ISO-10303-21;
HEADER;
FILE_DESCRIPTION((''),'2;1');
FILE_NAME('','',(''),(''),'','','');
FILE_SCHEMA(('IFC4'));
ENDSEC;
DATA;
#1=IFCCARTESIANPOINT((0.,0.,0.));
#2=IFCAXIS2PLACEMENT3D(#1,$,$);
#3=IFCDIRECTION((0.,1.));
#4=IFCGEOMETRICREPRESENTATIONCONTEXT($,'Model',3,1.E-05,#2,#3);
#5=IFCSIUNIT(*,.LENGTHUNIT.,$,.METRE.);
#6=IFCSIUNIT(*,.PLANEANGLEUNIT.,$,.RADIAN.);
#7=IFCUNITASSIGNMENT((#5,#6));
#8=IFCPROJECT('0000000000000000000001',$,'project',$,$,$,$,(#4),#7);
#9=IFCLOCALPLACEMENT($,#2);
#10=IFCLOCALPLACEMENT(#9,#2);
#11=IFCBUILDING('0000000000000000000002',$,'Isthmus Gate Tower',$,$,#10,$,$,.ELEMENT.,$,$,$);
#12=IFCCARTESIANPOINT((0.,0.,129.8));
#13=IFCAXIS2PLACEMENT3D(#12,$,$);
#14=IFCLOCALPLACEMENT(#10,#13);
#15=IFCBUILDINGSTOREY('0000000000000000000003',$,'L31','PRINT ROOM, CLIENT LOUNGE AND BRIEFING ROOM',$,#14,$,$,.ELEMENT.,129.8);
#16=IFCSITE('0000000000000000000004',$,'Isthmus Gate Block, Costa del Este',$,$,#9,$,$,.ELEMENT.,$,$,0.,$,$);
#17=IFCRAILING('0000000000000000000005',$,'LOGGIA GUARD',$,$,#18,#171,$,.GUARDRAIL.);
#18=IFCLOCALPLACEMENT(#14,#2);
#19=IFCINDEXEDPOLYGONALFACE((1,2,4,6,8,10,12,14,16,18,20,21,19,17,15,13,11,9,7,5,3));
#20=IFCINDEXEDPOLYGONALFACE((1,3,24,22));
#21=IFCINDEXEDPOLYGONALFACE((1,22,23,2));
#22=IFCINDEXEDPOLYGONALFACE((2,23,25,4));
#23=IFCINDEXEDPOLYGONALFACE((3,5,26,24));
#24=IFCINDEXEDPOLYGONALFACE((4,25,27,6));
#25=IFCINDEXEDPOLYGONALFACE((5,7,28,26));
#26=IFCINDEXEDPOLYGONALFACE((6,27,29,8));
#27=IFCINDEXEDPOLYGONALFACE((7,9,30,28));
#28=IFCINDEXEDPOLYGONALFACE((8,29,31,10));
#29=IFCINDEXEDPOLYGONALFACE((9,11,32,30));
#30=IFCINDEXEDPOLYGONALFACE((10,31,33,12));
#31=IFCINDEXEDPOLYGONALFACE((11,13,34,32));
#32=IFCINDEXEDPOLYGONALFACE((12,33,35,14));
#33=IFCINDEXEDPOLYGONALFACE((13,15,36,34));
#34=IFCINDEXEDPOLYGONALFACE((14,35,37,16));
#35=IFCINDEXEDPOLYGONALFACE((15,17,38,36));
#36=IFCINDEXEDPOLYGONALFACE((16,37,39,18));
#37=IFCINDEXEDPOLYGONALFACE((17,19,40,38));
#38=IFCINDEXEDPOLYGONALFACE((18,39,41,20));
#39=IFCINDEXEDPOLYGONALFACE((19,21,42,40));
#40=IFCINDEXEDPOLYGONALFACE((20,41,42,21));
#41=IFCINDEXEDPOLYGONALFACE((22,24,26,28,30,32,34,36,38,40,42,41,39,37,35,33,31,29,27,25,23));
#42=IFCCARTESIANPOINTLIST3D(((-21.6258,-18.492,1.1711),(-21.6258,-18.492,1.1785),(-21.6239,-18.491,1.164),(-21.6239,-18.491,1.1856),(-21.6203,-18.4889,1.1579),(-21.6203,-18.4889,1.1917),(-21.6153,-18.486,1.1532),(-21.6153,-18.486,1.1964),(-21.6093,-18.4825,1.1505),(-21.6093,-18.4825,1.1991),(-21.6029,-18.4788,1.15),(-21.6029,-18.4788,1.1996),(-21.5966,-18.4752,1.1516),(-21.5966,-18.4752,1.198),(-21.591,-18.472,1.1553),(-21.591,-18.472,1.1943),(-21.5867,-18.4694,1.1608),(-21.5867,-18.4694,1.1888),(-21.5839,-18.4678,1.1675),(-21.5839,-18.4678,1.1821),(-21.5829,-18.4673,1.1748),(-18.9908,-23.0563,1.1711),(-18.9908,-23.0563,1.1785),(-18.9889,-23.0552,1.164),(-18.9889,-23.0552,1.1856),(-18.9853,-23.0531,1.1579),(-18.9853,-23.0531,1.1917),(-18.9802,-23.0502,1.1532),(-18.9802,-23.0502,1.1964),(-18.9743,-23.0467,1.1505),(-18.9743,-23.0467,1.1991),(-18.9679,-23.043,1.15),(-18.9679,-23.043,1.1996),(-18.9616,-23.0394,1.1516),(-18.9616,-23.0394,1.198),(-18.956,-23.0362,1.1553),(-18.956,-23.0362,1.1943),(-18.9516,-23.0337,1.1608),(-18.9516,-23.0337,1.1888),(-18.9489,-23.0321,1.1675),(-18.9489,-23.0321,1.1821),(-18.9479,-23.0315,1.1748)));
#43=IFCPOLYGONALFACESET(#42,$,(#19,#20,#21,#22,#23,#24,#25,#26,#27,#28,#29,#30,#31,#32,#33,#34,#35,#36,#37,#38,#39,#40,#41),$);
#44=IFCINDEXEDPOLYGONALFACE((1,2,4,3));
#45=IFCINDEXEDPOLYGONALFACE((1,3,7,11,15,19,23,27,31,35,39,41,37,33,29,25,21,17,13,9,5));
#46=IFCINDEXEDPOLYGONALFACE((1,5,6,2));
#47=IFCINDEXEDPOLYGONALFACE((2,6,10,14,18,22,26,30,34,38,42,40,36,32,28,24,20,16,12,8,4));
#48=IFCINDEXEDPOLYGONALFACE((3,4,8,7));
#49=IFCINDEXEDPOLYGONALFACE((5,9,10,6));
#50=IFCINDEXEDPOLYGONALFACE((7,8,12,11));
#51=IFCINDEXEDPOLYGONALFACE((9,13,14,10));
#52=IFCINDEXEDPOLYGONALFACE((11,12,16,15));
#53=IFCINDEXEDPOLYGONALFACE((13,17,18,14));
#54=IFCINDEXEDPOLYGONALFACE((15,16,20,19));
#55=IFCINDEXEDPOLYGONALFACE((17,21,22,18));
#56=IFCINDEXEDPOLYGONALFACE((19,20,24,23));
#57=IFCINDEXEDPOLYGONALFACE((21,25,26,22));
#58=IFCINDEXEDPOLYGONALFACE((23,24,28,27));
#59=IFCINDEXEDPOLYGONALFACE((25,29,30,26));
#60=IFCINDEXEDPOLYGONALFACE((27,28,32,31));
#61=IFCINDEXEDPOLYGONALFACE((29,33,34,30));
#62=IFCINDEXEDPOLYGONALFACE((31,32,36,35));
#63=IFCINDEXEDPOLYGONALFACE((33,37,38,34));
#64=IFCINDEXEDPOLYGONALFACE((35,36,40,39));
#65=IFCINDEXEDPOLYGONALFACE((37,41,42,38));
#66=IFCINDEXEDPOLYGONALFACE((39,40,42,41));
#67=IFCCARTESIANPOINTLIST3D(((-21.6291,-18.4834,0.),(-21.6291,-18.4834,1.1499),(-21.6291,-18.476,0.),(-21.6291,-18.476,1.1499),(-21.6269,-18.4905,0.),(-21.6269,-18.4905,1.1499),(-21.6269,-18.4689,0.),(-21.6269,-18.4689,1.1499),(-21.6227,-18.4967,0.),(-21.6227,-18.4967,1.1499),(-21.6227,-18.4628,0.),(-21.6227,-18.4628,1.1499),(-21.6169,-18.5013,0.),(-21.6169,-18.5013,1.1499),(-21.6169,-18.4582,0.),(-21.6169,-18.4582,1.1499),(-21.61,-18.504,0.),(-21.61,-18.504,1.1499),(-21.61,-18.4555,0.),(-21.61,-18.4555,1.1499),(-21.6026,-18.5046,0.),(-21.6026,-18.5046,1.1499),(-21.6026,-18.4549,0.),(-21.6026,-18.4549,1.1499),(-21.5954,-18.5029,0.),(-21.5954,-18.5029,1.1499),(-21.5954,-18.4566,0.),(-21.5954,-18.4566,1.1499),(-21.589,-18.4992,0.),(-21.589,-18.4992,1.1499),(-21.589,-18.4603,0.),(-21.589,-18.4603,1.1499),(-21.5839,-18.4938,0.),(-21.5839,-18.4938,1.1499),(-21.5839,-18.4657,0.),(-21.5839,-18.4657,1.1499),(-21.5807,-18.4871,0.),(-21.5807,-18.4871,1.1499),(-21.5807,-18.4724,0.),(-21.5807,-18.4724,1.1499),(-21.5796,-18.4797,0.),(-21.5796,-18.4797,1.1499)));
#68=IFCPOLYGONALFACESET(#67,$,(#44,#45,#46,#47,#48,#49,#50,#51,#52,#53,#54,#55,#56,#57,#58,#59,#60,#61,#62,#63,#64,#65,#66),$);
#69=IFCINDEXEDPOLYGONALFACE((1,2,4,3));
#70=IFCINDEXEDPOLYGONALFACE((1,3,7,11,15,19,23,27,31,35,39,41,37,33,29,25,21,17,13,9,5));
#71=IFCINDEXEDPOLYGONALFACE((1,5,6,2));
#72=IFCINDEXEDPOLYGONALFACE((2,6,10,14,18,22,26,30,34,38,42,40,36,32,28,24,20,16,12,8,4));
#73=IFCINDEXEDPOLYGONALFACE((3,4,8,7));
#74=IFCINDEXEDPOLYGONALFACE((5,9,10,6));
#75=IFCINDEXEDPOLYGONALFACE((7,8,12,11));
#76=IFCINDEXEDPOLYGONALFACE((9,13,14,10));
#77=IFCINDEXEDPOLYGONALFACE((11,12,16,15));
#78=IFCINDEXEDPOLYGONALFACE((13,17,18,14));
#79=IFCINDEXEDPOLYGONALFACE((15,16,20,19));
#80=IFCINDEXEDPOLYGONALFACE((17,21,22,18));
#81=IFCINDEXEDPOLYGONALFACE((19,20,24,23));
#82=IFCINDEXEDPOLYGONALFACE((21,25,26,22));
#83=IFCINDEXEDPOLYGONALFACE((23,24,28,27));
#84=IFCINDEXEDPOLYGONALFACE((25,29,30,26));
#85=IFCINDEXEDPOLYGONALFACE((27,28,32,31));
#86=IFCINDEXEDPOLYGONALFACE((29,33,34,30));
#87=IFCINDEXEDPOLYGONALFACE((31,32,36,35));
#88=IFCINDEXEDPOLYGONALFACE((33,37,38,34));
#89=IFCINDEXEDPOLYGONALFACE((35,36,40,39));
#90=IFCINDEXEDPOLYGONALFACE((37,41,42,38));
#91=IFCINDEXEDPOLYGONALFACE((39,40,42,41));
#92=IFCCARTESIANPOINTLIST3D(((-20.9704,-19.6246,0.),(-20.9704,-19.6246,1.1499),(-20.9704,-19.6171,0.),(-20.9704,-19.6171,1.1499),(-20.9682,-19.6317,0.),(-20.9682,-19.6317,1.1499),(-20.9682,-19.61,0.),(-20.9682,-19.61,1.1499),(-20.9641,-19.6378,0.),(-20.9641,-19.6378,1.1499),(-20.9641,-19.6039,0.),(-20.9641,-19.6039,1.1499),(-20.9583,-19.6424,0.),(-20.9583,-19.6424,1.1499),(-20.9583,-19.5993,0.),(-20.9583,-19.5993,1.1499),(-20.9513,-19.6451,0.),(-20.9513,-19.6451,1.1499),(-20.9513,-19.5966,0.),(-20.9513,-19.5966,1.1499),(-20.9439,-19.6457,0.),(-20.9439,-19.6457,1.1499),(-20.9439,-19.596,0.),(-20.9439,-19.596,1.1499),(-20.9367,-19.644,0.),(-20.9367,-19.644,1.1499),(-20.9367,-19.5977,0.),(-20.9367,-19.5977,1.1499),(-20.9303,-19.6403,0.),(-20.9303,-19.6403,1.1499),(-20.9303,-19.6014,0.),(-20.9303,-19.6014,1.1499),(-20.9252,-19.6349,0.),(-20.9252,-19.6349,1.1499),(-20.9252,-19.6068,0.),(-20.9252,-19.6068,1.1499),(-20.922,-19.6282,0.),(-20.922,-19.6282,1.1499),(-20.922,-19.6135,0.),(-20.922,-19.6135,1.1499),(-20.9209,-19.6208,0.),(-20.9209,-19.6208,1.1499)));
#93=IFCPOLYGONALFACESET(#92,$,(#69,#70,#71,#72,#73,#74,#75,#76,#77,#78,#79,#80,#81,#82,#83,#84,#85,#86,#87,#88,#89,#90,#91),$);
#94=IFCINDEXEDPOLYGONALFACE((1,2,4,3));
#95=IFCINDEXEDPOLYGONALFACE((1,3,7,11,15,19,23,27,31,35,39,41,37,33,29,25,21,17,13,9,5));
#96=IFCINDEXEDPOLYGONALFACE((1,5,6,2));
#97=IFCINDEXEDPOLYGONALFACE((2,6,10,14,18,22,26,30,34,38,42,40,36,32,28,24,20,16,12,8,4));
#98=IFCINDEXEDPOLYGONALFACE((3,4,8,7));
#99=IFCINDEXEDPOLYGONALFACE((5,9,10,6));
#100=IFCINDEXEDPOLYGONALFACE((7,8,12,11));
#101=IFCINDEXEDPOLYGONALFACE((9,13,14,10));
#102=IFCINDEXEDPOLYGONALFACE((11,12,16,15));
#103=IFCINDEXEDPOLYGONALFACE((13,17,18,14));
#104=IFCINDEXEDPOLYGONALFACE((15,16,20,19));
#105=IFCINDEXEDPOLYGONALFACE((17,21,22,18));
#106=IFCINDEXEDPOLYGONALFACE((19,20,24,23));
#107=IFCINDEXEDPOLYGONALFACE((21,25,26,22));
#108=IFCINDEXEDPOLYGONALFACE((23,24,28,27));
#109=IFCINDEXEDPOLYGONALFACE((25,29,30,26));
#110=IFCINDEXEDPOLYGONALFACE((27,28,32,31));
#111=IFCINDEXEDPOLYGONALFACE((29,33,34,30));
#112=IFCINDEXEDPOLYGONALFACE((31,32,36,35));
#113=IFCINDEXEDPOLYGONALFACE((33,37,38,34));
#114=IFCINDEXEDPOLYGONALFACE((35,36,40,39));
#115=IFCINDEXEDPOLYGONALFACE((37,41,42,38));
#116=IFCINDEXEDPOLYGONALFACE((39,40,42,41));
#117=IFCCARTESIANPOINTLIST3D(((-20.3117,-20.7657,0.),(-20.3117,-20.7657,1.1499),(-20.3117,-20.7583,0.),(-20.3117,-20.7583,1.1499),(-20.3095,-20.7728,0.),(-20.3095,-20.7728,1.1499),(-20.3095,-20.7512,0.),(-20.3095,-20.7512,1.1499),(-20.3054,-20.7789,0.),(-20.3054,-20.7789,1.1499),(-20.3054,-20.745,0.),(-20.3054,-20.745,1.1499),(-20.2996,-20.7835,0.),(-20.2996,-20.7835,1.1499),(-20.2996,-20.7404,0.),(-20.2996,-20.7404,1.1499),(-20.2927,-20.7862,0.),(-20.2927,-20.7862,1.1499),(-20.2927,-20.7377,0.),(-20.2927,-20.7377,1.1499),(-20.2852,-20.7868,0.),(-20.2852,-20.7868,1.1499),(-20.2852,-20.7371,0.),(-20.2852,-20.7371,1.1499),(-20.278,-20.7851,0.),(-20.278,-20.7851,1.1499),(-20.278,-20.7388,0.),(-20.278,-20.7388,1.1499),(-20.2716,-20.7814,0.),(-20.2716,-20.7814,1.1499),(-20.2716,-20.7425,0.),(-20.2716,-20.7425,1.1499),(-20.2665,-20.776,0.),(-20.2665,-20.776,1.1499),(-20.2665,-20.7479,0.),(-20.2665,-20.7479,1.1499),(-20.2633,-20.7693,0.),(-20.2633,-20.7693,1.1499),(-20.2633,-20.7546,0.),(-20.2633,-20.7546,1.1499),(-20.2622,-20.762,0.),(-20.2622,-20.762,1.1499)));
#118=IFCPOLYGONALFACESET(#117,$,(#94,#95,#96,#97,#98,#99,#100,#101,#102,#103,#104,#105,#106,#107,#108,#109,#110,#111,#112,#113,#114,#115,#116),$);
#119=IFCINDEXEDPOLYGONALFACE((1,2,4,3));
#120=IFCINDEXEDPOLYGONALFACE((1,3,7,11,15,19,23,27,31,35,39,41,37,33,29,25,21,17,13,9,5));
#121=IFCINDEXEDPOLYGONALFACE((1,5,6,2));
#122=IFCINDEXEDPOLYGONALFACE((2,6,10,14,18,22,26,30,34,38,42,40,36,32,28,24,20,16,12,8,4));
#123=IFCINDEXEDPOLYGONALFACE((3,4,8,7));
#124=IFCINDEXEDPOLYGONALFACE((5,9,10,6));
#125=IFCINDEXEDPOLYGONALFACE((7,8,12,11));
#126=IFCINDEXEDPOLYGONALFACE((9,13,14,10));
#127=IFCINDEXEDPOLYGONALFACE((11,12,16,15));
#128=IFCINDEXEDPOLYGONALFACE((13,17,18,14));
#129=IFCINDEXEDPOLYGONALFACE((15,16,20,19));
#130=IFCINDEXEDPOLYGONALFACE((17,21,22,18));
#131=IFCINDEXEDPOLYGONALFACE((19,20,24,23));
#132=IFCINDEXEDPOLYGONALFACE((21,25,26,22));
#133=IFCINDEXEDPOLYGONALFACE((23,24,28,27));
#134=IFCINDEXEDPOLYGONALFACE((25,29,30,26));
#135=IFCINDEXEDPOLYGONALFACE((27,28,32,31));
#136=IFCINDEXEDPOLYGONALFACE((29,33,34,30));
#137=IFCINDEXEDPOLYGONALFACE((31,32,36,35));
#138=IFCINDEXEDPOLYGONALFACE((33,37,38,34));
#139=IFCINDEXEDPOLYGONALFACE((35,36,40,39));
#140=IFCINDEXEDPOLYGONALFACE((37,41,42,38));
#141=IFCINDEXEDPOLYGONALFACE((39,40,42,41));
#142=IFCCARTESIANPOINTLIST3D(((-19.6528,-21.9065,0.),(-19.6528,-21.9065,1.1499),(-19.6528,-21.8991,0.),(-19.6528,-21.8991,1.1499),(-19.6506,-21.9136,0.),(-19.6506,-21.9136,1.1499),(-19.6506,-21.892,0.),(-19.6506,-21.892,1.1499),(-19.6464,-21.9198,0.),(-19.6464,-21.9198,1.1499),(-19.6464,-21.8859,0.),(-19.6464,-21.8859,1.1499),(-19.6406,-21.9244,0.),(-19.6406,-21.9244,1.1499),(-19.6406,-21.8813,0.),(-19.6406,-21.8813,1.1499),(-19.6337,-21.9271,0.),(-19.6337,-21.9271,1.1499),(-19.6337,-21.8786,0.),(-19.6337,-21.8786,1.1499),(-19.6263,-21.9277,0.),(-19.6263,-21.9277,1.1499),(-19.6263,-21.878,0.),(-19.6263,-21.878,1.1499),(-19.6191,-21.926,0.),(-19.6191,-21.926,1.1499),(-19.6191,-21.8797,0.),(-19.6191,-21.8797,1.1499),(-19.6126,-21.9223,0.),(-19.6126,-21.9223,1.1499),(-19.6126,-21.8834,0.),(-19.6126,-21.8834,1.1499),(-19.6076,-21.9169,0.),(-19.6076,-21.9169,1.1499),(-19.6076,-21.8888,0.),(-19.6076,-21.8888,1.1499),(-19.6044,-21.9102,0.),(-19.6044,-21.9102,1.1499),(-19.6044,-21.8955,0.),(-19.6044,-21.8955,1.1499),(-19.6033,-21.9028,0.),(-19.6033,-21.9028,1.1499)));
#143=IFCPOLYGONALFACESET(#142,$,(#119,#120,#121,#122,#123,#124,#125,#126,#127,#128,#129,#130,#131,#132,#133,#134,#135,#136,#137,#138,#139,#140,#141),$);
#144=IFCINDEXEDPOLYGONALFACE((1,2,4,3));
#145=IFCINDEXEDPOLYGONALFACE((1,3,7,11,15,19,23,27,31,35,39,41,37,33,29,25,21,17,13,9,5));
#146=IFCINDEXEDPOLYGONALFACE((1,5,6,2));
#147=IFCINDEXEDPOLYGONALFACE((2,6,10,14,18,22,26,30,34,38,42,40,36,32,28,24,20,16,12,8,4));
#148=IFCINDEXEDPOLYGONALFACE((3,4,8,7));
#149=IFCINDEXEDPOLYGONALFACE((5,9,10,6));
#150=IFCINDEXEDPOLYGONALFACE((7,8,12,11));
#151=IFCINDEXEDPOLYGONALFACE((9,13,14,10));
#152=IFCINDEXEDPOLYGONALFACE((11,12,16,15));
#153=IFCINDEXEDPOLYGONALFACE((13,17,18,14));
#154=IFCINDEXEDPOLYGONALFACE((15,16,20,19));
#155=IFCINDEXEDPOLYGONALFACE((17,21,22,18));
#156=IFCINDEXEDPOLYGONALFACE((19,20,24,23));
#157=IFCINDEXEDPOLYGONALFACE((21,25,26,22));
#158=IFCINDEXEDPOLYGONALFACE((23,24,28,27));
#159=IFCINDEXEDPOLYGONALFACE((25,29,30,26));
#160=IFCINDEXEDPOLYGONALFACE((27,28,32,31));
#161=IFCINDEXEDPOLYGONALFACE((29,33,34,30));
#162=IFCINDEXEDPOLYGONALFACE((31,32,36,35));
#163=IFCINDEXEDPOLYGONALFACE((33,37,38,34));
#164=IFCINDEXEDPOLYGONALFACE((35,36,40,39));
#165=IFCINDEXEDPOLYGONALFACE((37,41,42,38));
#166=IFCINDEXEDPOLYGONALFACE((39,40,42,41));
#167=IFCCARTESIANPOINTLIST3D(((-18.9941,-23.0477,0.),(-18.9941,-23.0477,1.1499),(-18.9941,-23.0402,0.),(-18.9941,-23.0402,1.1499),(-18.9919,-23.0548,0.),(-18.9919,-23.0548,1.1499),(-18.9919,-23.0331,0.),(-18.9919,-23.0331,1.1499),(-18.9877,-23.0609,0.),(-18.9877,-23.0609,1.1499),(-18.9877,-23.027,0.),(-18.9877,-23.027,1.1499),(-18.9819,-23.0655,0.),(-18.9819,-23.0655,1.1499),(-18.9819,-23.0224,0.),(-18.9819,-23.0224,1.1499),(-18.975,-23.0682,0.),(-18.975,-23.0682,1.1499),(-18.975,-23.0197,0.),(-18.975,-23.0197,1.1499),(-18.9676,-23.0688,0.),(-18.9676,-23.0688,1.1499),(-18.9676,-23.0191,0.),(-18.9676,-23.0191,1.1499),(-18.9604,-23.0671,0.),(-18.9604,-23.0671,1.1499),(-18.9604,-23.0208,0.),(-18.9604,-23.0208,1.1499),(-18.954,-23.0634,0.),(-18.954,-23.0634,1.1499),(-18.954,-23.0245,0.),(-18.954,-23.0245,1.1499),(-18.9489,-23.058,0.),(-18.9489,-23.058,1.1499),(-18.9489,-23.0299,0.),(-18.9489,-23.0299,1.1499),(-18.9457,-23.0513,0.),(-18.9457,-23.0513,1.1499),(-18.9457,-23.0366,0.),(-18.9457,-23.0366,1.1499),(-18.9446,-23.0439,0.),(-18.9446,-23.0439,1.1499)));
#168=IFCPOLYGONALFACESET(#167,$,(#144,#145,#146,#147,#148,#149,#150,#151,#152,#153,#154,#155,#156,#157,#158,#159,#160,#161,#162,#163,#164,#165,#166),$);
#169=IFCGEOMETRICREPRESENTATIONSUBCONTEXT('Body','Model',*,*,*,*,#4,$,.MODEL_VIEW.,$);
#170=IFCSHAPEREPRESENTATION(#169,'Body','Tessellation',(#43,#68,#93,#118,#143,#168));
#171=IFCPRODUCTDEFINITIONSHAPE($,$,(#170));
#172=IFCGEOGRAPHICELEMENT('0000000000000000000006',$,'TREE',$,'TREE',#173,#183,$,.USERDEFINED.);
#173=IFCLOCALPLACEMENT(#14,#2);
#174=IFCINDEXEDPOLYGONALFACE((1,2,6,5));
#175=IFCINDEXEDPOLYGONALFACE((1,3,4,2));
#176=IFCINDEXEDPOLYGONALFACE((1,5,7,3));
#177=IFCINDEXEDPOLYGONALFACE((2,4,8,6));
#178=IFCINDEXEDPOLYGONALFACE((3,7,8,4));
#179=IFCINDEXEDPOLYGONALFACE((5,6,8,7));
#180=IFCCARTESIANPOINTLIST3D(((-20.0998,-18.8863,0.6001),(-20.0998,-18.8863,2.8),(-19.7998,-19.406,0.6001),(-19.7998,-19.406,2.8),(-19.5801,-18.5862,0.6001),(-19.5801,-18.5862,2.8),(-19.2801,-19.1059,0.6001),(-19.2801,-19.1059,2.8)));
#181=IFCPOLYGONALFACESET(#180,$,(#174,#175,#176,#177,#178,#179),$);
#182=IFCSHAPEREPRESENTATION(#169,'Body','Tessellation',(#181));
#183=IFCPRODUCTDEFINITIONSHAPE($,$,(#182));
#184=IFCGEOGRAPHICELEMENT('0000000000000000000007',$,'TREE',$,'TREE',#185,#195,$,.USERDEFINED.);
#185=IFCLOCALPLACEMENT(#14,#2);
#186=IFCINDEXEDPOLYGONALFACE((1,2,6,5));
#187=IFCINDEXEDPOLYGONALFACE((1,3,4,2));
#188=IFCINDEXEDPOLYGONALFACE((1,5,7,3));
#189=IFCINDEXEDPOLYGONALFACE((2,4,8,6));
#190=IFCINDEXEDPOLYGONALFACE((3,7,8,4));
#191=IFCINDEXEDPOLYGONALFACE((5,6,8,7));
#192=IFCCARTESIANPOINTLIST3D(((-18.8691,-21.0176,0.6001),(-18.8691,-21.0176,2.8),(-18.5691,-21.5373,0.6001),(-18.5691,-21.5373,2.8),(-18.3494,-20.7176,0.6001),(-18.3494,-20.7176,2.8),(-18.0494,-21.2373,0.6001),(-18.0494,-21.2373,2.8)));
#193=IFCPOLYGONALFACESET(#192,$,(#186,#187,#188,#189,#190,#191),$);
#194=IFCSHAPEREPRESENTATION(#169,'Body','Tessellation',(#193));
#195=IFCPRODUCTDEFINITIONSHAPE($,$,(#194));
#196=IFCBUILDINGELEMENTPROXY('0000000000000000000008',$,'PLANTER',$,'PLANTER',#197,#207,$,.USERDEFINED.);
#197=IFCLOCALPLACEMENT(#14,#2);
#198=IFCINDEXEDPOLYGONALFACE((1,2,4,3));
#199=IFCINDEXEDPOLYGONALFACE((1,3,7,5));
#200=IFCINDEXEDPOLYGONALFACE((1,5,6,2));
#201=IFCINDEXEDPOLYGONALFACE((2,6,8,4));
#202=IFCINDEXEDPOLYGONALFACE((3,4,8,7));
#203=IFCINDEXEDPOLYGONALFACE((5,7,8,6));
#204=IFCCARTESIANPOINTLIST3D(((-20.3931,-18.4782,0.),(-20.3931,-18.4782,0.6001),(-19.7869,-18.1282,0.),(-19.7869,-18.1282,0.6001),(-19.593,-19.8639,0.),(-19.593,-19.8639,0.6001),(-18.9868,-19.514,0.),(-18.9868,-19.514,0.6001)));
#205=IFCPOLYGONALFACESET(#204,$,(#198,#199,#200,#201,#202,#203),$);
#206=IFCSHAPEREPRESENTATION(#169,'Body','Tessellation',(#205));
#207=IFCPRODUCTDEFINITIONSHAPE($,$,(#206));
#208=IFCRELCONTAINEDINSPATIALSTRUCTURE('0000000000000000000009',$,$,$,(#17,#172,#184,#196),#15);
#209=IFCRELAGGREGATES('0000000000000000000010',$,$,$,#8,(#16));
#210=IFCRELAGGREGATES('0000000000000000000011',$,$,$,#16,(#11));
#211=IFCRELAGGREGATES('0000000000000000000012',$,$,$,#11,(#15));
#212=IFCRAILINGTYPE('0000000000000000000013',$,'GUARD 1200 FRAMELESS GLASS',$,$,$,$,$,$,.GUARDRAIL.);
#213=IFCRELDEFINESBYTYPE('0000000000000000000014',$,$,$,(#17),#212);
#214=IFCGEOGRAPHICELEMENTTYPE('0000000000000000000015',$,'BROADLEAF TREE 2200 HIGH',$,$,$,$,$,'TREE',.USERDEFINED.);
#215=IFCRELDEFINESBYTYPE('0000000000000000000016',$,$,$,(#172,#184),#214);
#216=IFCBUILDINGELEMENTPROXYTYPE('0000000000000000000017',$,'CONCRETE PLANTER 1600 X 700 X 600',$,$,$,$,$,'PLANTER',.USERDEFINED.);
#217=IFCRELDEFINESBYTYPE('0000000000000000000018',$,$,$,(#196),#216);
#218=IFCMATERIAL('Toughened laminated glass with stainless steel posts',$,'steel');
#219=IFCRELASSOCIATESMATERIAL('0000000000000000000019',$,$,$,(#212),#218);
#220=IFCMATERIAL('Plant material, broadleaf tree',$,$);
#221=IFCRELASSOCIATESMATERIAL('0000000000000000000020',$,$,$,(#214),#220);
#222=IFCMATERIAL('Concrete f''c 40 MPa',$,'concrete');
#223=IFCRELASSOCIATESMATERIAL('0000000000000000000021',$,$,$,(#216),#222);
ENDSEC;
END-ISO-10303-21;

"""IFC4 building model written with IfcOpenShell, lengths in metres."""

from ifc_helpers import new_model, si_unit, direction, frame, origin, origin_2d, place, context, subcontext, project, spatial, rectangle, circle, extrude, material, type_object, element, save


model = new_model("IFC4")

# Units and contexts
model_context = context("Model", 3, precision=1e-05, world=origin(), true_north=direction((0.0, 1.0)))
body_context = subcontext(model_context, "Body", "Model", "MODEL_VIEW")
ifc_project = project(units=[si_unit("LENGTHUNIT", "METRE"), si_unit("PLANEANGLEUNIT", "RADIAN")], contexts=[model_context])

# Site, building, storey
site_placement = place(None, origin())
site = spatial("IfcSite", under=ifc_project, at=site_placement, Name="Isthmus Gate Block, Costa del Este", CompositionType="ELEMENT", RefElevation=0.0)
building_placement = place(site_placement, origin())
building = spatial("IfcBuilding", under=site, at=building_placement, Name="Isthmus Gate Tower", CompositionType="ELEMENT")
storey_placement = place(building_placement, frame((0.0, 0.0, 129.8)))
storey = spatial("IfcBuildingStorey", under=building, at=storey_placement, Name="L31", Description="PRINT ROOM, CLIENT LOUNGE AND BRIEFING ROOM", CompositionType="ELEMENT", Elevation=129.8)

# Railing
ifc_material_1 = material(Name="Toughened laminated glass with stainless steel posts", Category="steel")
railing_type = type_object("IfcRailingType", Name="GUARD 1200 FRAMELESS GLASS", PredefinedType="GUARDRAIL", material=ifc_material_1)
railing_placement = place(storey_placement, frame((-21.6045, -18.4797, 0.0)))
element("IfcRailing", 1, at=railing_placement, inside=storey, type_object=railing_type, Name="LOGGIA GUARD", PredefinedType="GUARDRAIL", context=body_context, shape_type="SweptSolid", body=[
    extrude(circle(Radius=0.0249, at=origin_2d()), frame((0.0, 0.0, 1.1748), z_axis=(0.49998, -0.866037, 0.0), x_axis=(0.866037, 0.49998, 0.0)), (0.0, 0.0, 1.0), 5.2703),
    extrude(circle(Radius=0.0249, at=origin_2d()), origin(), (0.0, 0.0, 1.0), 1.1499),
    extrude(circle(Radius=0.0249, at=origin_2d()), frame((0.6587, -1.1411, 0.0)), (0.0, 0.0, 1.0), 1.1499),
    extrude(circle(Radius=0.0249, at=origin_2d()), frame((1.3174, -2.2822, 0.0)), (0.0, 0.0, 1.0), 1.1499),
    extrude(circle(Radius=0.0249, at=origin_2d()), frame((1.9763, -3.4231, 0.0)), (0.0, 0.0, 1.0), 1.1499),
    extrude(circle(Radius=0.0249, at=origin_2d()), frame((2.635, -4.5642, 0.0)), (0.0, 0.0, 1.0), 1.1499),
])

# Geographic elements
ifc_material_2 = material(Name="Plant material, broadleaf tree")
geographic_element_type = type_object("IfcGeographicElementType", Name="BROADLEAF TREE 2200 HIGH", ElementType="TREE", PredefinedType="USERDEFINED", material=ifc_material_2)
for number, where, z_axis, x_axis, name in (
    (2, (-19.6899, -18.9961, 0.6001), (0.0, 0.0, 1.0), (0.5, -0.866025, 0.0), "TREE"),
    (3, (-18.4592, -21.1274, 0.6001), (0.0, 0.0, 1.0), (0.5, -0.866025, 0.0), "TREE"),
):
    element("IfcGeographicElement", number, at=place(storey_placement, frame(where, z_axis=z_axis, x_axis=x_axis)), inside=storey, type_object=geographic_element_type, Name=name, ObjectType="TREE", PredefinedType="USERDEFINED", context=body_context, shape_type="SweptSolid", body=[
        extrude(rectangle(XDim=0.6001, YDim=0.6001, at=origin_2d()), origin(), (0.0, 0.0, 1.0), 2.2),
    ])

# Building element proxy
ifc_material_3 = material(Name="Concrete f'c 40 MPa", Category="concrete")
building_element_proxy_type = type_object("IfcBuildingElementProxyType", Name="CONCRETE PLANTER 1600 X 700 X 600", ElementType="PLANTER", PredefinedType="USERDEFINED", material=ifc_material_3)
for number, where, z_axis, x_axis, name in (
    (4, (-19.6899, -18.9961, 0.0), (0.0, 0.0, 1.0), (0.5, -0.866025, 0.0), "PLANTER"),
):
    element("IfcBuildingElementProxy", number, at=place(storey_placement, frame(where, z_axis=z_axis, x_axis=x_axis)), inside=storey, type_object=building_element_proxy_type, Name=name, ObjectType="PLANTER", PredefinedType="USERDEFINED", context=body_context, shape_type="SweptSolid", body=[
        extrude(rectangle(XDim=1.6001, YDim=0.7, at=origin_2d()), origin(), (0.0, 0.0, 1.0), 0.6001),
    ])

save(model, "model.ifc")
